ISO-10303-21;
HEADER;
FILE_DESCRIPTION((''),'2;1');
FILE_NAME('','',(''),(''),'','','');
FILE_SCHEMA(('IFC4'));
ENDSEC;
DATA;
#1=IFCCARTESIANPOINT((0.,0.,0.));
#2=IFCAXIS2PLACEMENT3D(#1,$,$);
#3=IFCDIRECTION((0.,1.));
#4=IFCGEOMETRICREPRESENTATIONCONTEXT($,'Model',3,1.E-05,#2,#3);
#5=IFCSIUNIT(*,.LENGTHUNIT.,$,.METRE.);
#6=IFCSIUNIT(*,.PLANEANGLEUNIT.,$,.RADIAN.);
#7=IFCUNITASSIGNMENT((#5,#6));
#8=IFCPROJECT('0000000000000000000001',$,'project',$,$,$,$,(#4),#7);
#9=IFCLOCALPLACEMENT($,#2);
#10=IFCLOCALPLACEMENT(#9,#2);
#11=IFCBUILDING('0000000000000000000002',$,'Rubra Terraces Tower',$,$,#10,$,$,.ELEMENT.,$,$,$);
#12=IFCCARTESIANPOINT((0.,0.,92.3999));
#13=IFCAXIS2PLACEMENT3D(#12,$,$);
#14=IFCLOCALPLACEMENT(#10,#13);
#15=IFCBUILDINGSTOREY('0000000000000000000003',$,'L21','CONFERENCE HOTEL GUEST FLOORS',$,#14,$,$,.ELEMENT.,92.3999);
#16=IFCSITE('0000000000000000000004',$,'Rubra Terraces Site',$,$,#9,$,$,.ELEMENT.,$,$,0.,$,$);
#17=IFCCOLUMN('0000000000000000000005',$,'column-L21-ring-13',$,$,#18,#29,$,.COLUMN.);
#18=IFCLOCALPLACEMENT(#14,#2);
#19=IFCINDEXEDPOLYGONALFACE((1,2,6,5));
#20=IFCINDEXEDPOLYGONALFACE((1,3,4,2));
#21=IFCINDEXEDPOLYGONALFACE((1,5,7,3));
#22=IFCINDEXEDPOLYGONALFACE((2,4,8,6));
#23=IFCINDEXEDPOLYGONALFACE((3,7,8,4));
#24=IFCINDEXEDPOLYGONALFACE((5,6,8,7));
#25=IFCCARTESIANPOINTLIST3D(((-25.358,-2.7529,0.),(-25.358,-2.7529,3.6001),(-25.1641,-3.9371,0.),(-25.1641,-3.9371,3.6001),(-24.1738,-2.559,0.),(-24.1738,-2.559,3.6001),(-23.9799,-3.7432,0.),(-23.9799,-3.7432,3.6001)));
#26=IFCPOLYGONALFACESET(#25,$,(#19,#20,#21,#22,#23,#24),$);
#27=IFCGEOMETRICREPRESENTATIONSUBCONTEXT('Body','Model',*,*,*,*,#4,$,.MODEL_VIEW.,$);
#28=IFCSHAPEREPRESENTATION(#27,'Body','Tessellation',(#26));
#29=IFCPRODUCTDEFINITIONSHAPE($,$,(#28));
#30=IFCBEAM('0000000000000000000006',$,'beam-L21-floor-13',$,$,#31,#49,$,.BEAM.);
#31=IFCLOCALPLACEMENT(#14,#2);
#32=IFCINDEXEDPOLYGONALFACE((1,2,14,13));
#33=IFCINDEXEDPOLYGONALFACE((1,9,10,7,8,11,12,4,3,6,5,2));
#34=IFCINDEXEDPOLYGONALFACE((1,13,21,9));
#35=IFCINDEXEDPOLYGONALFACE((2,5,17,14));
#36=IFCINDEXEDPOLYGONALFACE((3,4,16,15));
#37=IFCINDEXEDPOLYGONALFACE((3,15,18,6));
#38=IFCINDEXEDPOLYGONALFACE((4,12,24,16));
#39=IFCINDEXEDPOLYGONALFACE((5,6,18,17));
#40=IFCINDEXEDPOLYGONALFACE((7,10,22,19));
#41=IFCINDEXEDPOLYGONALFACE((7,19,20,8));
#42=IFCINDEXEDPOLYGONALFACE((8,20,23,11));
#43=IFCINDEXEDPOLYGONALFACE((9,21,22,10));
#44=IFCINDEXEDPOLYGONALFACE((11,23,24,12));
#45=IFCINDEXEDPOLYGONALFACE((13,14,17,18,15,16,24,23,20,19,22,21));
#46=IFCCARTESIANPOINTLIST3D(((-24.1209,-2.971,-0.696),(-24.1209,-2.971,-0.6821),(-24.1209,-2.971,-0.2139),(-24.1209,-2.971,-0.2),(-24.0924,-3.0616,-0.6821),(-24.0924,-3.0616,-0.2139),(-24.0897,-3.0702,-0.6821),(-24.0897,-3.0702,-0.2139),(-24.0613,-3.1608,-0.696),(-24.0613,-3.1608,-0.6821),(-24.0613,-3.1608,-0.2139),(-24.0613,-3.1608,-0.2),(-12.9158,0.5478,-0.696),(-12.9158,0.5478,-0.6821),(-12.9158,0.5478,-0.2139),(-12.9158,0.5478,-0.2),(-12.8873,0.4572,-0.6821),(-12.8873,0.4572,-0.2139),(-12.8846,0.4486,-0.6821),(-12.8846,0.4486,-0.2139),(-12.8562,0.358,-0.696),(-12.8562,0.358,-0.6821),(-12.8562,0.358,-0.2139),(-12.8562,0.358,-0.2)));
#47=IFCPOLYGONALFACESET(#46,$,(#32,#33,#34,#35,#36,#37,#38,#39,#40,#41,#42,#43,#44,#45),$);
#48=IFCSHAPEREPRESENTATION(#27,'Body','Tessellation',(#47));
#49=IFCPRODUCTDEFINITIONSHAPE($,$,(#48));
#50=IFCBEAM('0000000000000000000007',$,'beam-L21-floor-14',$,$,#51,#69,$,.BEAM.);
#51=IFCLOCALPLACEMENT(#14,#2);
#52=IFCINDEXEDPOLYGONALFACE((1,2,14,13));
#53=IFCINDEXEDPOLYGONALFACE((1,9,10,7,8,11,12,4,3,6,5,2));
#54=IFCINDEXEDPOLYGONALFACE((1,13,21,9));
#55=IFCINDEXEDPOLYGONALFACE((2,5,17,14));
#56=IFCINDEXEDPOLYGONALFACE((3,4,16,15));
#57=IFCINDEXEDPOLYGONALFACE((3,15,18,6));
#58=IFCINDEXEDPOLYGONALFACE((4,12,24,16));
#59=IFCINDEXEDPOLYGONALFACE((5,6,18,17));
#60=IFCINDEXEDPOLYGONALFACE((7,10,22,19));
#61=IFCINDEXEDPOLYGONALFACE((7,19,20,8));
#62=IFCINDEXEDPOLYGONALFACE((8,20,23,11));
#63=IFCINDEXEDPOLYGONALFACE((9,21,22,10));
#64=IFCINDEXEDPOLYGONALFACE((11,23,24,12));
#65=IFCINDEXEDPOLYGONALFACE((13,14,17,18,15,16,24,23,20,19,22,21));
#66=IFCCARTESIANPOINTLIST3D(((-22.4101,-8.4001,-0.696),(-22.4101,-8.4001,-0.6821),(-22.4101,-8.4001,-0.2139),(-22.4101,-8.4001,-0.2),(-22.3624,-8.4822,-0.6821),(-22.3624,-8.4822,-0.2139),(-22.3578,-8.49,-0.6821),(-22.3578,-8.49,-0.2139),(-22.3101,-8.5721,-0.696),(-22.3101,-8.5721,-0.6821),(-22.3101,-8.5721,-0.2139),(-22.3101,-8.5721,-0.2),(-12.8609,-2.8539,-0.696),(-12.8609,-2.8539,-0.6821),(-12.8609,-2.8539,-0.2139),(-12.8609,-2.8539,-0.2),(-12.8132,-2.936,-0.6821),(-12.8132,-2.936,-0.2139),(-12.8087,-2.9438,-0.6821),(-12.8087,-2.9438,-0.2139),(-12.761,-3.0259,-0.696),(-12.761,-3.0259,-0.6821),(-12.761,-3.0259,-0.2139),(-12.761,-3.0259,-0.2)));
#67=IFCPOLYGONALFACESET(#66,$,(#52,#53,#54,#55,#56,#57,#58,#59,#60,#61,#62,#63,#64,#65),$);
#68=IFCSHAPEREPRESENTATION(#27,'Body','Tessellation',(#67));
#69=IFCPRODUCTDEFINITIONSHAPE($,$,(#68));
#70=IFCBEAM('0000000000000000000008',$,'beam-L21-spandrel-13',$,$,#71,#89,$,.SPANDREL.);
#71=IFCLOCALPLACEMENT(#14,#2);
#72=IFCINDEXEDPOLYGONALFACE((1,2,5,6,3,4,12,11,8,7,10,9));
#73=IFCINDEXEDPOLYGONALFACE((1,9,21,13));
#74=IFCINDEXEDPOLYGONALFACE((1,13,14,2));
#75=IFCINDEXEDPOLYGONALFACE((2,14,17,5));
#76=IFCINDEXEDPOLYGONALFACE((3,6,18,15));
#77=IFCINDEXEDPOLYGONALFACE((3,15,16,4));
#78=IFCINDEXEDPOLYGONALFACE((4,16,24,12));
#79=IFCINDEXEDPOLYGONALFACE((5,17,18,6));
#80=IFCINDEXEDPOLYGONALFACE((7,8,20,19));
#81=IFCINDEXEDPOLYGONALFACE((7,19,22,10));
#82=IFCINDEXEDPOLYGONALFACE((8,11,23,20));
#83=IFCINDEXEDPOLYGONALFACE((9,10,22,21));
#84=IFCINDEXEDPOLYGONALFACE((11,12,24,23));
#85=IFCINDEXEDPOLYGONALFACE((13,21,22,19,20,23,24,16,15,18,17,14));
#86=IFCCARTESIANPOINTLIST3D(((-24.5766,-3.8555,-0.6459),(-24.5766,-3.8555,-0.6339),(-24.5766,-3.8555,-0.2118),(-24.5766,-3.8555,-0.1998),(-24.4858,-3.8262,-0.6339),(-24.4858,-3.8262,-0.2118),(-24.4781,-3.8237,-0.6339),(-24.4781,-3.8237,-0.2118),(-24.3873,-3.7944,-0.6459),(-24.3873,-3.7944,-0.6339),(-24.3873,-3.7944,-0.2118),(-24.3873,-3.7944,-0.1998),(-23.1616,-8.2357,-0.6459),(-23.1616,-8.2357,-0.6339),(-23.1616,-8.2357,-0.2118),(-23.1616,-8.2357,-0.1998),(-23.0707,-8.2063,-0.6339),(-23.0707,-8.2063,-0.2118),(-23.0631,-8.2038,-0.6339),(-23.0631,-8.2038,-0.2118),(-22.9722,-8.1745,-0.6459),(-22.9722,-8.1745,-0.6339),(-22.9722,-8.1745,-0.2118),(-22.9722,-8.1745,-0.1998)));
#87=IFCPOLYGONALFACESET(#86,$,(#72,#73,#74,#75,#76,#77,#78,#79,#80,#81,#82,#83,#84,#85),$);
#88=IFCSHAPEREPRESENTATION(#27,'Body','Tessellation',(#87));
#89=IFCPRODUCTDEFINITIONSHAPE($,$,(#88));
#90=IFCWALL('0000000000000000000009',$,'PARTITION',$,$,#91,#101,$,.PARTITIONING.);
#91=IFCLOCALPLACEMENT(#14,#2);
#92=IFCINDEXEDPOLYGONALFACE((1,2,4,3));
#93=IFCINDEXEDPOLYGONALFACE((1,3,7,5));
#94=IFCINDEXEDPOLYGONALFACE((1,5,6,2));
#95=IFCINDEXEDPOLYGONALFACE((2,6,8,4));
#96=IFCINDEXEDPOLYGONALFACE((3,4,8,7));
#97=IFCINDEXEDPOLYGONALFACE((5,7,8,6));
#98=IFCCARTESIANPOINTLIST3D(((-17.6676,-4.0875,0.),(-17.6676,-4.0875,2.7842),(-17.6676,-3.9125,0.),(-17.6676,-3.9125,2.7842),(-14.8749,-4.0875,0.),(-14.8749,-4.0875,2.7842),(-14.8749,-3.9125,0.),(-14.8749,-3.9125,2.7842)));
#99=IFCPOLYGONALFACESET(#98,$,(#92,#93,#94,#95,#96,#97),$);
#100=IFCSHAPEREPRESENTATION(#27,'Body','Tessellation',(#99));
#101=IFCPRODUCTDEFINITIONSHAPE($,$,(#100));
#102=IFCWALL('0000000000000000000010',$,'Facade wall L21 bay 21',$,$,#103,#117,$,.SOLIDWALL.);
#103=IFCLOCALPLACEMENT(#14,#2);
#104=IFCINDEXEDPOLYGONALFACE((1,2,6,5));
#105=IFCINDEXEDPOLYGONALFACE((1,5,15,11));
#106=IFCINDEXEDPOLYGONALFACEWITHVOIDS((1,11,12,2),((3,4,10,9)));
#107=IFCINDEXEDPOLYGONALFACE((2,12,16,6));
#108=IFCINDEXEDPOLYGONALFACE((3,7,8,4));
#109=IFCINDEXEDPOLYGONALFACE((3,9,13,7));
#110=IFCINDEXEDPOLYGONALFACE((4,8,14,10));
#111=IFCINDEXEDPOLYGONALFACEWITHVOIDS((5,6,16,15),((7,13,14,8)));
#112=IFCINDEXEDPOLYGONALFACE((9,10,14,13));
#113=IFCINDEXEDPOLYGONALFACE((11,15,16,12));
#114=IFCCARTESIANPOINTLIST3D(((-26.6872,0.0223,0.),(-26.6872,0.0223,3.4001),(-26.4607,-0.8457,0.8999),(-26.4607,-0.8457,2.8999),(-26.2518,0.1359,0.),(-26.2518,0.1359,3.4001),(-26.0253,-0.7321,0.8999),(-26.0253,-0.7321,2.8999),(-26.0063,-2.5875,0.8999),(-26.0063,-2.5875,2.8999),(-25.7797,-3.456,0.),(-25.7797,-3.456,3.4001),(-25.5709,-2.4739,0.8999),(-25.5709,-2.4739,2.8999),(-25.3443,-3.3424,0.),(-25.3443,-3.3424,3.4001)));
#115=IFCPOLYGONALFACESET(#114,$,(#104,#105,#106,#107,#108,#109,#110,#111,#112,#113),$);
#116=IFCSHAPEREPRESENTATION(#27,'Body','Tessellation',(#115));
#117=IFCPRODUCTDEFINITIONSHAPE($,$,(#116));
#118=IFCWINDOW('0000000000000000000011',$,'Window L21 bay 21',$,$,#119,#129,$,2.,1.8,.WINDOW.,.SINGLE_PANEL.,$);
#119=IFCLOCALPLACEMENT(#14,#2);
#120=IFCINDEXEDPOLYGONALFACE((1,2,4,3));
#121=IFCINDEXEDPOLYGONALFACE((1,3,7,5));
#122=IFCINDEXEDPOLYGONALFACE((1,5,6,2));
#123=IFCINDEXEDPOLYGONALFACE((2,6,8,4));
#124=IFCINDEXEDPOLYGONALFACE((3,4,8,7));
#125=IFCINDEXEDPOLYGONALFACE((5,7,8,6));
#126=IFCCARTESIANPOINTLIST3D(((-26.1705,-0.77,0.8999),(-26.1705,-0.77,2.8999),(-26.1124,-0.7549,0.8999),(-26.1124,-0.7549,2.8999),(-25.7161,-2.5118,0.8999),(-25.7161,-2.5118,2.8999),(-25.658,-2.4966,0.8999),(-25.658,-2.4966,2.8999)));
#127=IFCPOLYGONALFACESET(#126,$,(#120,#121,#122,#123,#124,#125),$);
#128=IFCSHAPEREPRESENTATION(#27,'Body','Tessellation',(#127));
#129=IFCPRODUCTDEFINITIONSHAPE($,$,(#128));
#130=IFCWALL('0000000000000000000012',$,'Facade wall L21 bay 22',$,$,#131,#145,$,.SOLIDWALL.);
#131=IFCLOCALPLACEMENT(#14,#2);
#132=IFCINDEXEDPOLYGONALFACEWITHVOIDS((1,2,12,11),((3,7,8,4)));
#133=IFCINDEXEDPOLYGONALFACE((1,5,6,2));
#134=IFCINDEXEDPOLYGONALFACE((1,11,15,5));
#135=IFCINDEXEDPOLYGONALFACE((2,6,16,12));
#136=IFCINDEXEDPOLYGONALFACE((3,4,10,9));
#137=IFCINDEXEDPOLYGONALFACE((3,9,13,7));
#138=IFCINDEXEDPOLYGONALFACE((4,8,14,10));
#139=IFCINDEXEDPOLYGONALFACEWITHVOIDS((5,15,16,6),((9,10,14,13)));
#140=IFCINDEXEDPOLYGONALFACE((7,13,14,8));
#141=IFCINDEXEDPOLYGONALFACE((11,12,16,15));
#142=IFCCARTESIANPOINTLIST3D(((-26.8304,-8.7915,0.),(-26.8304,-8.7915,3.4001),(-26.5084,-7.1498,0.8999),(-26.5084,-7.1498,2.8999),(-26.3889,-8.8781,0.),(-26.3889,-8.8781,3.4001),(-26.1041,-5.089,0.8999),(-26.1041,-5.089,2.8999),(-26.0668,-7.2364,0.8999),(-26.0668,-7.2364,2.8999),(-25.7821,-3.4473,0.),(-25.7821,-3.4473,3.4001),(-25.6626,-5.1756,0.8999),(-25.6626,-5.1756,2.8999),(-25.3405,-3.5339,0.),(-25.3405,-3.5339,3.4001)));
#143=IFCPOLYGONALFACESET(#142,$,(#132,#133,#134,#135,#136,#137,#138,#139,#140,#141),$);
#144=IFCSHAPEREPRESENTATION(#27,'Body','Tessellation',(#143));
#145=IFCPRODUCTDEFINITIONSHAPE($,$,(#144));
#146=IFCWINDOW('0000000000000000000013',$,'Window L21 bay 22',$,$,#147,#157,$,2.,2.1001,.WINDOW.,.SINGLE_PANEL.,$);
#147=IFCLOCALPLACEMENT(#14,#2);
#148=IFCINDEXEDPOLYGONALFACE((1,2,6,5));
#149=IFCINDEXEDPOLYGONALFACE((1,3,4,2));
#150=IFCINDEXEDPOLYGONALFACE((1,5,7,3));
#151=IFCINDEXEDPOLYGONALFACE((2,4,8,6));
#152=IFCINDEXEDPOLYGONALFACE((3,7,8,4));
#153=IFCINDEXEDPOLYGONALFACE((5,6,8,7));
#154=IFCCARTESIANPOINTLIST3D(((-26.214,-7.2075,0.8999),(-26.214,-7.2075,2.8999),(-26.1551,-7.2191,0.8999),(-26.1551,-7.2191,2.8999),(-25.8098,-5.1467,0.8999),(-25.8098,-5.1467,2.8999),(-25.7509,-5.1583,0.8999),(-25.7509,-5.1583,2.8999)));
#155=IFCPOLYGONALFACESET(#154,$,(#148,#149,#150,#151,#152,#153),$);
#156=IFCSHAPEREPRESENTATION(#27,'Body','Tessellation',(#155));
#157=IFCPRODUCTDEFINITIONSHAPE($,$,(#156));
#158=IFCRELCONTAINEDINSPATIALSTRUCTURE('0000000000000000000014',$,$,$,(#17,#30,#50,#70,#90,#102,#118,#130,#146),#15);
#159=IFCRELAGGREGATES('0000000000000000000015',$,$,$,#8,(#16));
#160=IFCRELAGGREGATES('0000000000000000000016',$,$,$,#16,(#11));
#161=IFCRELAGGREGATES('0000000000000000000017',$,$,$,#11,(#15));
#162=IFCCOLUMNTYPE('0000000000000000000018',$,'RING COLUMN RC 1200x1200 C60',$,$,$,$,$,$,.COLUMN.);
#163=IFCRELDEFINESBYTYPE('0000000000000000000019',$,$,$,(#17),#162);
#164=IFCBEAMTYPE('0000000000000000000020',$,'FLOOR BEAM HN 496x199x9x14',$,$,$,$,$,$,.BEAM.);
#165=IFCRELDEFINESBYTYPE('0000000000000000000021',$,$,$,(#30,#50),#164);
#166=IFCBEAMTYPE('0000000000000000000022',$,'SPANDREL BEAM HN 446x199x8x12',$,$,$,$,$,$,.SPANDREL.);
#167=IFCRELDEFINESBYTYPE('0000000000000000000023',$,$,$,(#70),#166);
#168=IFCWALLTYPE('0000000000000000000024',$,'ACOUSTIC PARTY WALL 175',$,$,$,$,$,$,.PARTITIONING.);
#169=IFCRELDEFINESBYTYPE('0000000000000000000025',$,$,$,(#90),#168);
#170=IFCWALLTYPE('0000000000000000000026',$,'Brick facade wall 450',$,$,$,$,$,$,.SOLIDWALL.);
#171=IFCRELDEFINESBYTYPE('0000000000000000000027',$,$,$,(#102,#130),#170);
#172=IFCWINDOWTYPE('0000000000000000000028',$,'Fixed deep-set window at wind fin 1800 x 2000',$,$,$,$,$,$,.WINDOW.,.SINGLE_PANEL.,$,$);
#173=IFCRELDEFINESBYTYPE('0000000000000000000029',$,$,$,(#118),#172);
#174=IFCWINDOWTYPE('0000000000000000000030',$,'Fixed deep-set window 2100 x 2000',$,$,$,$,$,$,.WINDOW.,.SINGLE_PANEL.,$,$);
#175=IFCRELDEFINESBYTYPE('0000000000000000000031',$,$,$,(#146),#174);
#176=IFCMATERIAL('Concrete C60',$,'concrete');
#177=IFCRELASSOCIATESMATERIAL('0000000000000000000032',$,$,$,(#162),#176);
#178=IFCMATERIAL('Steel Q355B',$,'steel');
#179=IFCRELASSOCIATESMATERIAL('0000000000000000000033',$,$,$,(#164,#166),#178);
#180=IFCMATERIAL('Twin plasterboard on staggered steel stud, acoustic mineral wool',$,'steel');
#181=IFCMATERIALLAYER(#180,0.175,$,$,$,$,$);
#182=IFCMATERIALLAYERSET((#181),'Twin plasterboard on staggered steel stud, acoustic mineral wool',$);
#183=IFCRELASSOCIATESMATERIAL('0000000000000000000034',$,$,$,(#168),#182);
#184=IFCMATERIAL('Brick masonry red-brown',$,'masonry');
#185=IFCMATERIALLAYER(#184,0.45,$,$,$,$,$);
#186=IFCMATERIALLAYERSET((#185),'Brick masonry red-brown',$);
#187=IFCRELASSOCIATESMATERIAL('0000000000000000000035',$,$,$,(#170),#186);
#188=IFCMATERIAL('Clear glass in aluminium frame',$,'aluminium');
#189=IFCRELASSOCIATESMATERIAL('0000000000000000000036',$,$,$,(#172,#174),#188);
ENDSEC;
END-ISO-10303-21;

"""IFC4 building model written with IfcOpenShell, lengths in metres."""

from ifc_helpers import new_model, si_unit, direction, frame, frame_2d, origin, origin_2d, place, context, subcontext, project, spatial, rectangle, i_section, extrude, material, layer, layer_set, material_profile, profile_set, type_object, element, fill, save


model = new_model("IFC4")

# Units and contexts
model_context = context("Model", 3, precision=1e-05, world=origin(), true_north=direction((0.0, 1.0)))
body_context = subcontext(model_context, "Body", "Model", "MODEL_VIEW")
ifc_project = project(units=[si_unit("LENGTHUNIT", "METRE"), si_unit("PLANEANGLEUNIT", "RADIAN")], contexts=[model_context])

# Site, building, storey
site_placement = place(None, origin())
site = spatial("IfcSite", under=ifc_project, at=site_placement, Name="Rubra Terraces Site", CompositionType="ELEMENT", RefElevation=0.0)
building_placement = place(site_placement, origin())
building = spatial("IfcBuilding", under=site, at=building_placement, Name="Rubra Terraces Tower", CompositionType="ELEMENT")
storey_placement = place(building_placement, frame((0.0, 0.0, 92.3999)))
storey = spatial("IfcBuildingStorey", under=building, at=storey_placement, Name="L21", Description="CONFERENCE HOTEL GUEST FLOORS", CompositionType="ELEMENT", Elevation=92.3999)

# Column
ifc_material_1 = material(Name="Concrete C60", Category="concrete")
ifc_material_profile_1 = material_profile(ifc_material_1, rectangle(XDim=1.2, YDim=1.2, at=origin_2d()), Name="RC 1200x1200")
ifc_profile_set_1 = profile_set([ifc_material_profile_1], Name="Concrete C60")
column_type = type_object("IfcColumnType", Name="RING COLUMN RC 1200x1200 C60", PredefinedType="COLUMN", material=ifc_profile_set_1)
column_placement = place(storey_placement, frame((-24.6689, -3.248, 0.0), z_axis=(0.0, 0.0, 1.0), x_axis=(0.161559, -0.986863, 0.0)))
element("IfcColumn", 1, at=column_placement, inside=storey, type_object=column_type, Name="column-L21-ring-13", PredefinedType="COLUMN", context=body_context, shape_type="SweptSolid", body=[
    extrude(rectangle(XDim=1.2, YDim=1.2, at=origin_2d()), origin(), (0.0, 0.0, 1.0), 3.6001),
])

# Beams
ifc_material_2 = material(Name="Steel Q355B", Category="steel")
ifc_material_profile_2 = material_profile(ifc_material_2, i_section(OverallWidth=0.199, OverallDepth=0.4961, WebThickness=0.009, FlangeThickness=0.0139, at=origin_2d()), Name="HN 496x199x9x14")
ifc_profile_set_2 = profile_set([ifc_material_profile_2], Name="Steel Q355B")
beam_type_1 = type_object("IfcBeamType", Name="FLOOR BEAM HN 496x199x9x14", PredefinedType="BEAM", material=ifc_profile_set_2)
beam_1_placement = place(storey_placement, frame((-24.0911, -3.0659, -0.448), z_axis=(0.954062, 0.29961, 0.0), x_axis=(-0.29961, 0.954062, 0.0)))
element("IfcBeam", 2, at=beam_1_placement, inside=storey, type_object=beam_type_1, Name="beam-L21-floor-13", PredefinedType="BEAM", context=body_context, shape_type="SweptSolid", body=[
    extrude(i_section(OverallWidth=0.199, OverallDepth=0.4961, WebThickness=0.009, FlangeThickness=0.0139, at=origin_2d()), origin(), (0.0, 0.0, 1.0), 11.7446),
])
beam_2_placement = place(storey_placement, frame((-22.3601, -8.4861, -0.448), z_axis=(0.864729, 0.502238, 0.0), x_axis=(-0.502238, 0.864729, 0.0)))
element("IfcBeam", 3, at=beam_2_placement, inside=storey, type_object=beam_type_1, Name="beam-L21-floor-14", PredefinedType="BEAM", context=body_context, shape_type="SweptSolid", body=[
    extrude(i_section(OverallWidth=0.199, OverallDepth=0.4961, WebThickness=0.009, FlangeThickness=0.0139, at=origin_2d()), origin(), (0.0, 0.0, 1.0), 11.043),
])
ifc_material_profile_3 = material_profile(ifc_material_2, i_section(OverallWidth=0.199, OverallDepth=0.446, WebThickness=0.0081, FlangeThickness=0.012, at=origin_2d()), Name="HN 446x199x8x12")
ifc_profile_set_3 = profile_set([ifc_material_profile_3], Name="Steel Q355B")
beam_type_2 = type_object("IfcBeamType", Name="SPANDREL BEAM HN 446x199x8x12", PredefinedType="SPANDREL", material=ifc_profile_set_3)
beam_3_placement = place(storey_placement, frame((-24.4819, -3.825, -0.4229), z_axis=(0.307415, -0.951576, 0.0), x_axis=(0.951576, 0.307415, 0.0)))
element("IfcBeam", 4, at=beam_3_placement, inside=storey, type_object=beam_type_2, Name="beam-L21-spandrel-13", PredefinedType="SPANDREL", context=body_context, shape_type="SweptSolid", body=[
    extrude(i_section(OverallWidth=0.199, OverallDepth=0.446, WebThickness=0.0081, FlangeThickness=0.012, at=origin_2d()), origin(), (0.0, 0.0, 1.0), 4.603),
])

# Wall
ifc_material_3 = material(Name="Twin plasterboard on staggered steel stud, acoustic mineral wool", Category="steel")
ifc_layer_1 = layer(ifc_material_3, 0.175)
ifc_layer_set_1 = layer_set([ifc_layer_1], Name="Twin plasterboard on staggered steel stud, acoustic mineral wool")
wall_type_1 = type_object("IfcWallType", Name="ACOUSTIC PARTY WALL 175", PredefinedType="PARTITIONING", material=ifc_layer_set_1)
wall_1_placement = place(storey_placement, frame((-17.6677, -4.0, 0.0), z_axis=(0.0, 0.0, 1.0), x_axis=(1.0, 0.0, 0.0)))
element("IfcWall", 5, at=wall_1_placement, inside=storey, type_object=wall_type_1, Name="PARTITION", PredefinedType="PARTITIONING", context=body_context, shape_type="SweptSolid", body=[
    extrude(rectangle(XDim=2.7927, YDim=0.175, at=frame_2d((1.3965, 0.0))), origin(), (0.0, 0.0, 1.0), 2.7842),
])

# Walls, openings, windows
ifc_material_4 = material(Name="Brick masonry red-brown", Category="masonry")
ifc_layer_2 = layer(ifc_material_4, 0.45)
ifc_layer_set_2 = layer_set([ifc_layer_2], Name="Brick masonry red-brown")
wall_type_2 = type_object("IfcWallType", Name="Brick facade wall 450", PredefinedType="SOLIDWALL", material=ifc_layer_set_2)
wall_2_placement = place(storey_placement, frame((-26.4695, 0.0791, 0.0), z_axis=(0.0, 0.0, 1.0), x_axis=(0.252447, -0.967611, 0.0)))
wall_2 = element("IfcWall", 6, at=wall_2_placement, inside=storey, type_object=wall_type_2, Name="Facade wall L21 bay 21", PredefinedType="SOLIDWALL", context=body_context, shape_type="SweptSolid", body=[
    extrude(rectangle(XDim=3.5947, YDim=0.45, at=frame_2d((1.7974, 0.0))), origin(), (0.0, 0.0, 1.0), 3.4001),
])
opening_1_placement = place(wall_2_placement, frame((0.8972, 0.0, 0.8999)))
opening_1 = element("IfcOpeningElement", 7, at=opening_1_placement, cuts=wall_2, PredefinedType="OPENING", context=body_context, shape_type="SweptSolid", body=[
    extrude(rectangle(XDim=1.8, YDim=2.0, at=frame_2d((0.8999, 1.0))), frame((0.0, 0.2349, 0.0), z_axis=(0.0, -1.0, 0.0), x_axis=(1.0, 0.0, 0.0)), (0.0, 0.0, 1.0), 0.47),
])
ifc_material_5 = material(Name="Clear glass in aluminium frame", Category="aluminium")
window_type_1 = type_object("IfcWindowType", Name="Fixed deep-set window at wind fin 1800 x 2000", PartitioningType="SINGLE_PANEL", PredefinedType="WINDOW", material=ifc_material_5)
window_1_placement = place(opening_1_placement, origin())
window_1 = element("IfcWindow", 8, at=window_1_placement, inside=storey, type_object=window_type_1, Name="Window L21 bay 21", OverallHeight=2.0, OverallWidth=1.8, PartitioningType="SINGLE_PANEL", PredefinedType="WINDOW", context=body_context, shape_type="SweptSolid", body=[
    extrude(rectangle(XDim=1.8, YDim=2.0, at=frame_2d((0.8999, 1.0))), frame((0.0, 0.135, 0.0), z_axis=(0.0, -1.0, 0.0), x_axis=(1.0, 0.0, 0.0)), (0.0, 0.0, 1.0), 0.0601),
])
fill(opening_1, window_1)
wall_3_placement = place(storey_placement, frame((-25.5613, -3.4905, 0.0), z_axis=(0.0, 0.0, 1.0), x_axis=(-0.192494, -0.981298, 0.0)))
wall_3 = element("IfcWall", 9, at=wall_3_placement, inside=storey, type_object=wall_type_2, Name="Facade wall L21 bay 22", PredefinedType="SOLIDWALL", context=body_context, shape_type="SweptSolid", body=[
    extrude(rectangle(XDim=5.446, YDim=0.45, at=frame_2d((2.7231, 0.0))), origin(), (0.0, 0.0, 1.0), 3.4001),
])
opening_2_placement = place(wall_3_placement, frame((1.6731, 0.0, 0.8999)))
opening_2 = element("IfcOpeningElement", 10, at=opening_2_placement, cuts=wall_3, PredefinedType="OPENING", context=body_context, shape_type="SweptSolid", body=[
    extrude(rectangle(XDim=2.1001, YDim=2.0, at=frame_2d((1.05, 1.0))), frame((0.0, 0.2349, 0.0), z_axis=(0.0, -1.0, 0.0), x_axis=(1.0, 0.0, 0.0)), (0.0, 0.0, 1.0), 0.47),
])
window_type_2 = type_object("IfcWindowType", Name="Fixed deep-set window 2100 x 2000", PartitioningType="SINGLE_PANEL", PredefinedType="WINDOW", material=ifc_material_5)
window_2_placement = place(opening_2_placement, origin())
window_2 = element("IfcWindow", 11, at=window_2_placement, inside=storey, type_object=window_type_2, Name="Window L21 bay 22", OverallHeight=2.0, OverallWidth=2.1001, PartitioningType="SINGLE_PANEL", PredefinedType="WINDOW", context=body_context, shape_type="SweptSolid", body=[
    extrude(rectangle(XDim=2.1001, YDim=2.0, at=frame_2d((1.05, 1.0))), frame((0.0, 0.135, 0.0), z_axis=(0.0, -1.0, 0.0), x_axis=(1.0, 0.0, 0.0)), (0.0, 0.0, 1.0), 0.0601),
])
fill(opening_2, window_2)

save(model, "model.ifc")
